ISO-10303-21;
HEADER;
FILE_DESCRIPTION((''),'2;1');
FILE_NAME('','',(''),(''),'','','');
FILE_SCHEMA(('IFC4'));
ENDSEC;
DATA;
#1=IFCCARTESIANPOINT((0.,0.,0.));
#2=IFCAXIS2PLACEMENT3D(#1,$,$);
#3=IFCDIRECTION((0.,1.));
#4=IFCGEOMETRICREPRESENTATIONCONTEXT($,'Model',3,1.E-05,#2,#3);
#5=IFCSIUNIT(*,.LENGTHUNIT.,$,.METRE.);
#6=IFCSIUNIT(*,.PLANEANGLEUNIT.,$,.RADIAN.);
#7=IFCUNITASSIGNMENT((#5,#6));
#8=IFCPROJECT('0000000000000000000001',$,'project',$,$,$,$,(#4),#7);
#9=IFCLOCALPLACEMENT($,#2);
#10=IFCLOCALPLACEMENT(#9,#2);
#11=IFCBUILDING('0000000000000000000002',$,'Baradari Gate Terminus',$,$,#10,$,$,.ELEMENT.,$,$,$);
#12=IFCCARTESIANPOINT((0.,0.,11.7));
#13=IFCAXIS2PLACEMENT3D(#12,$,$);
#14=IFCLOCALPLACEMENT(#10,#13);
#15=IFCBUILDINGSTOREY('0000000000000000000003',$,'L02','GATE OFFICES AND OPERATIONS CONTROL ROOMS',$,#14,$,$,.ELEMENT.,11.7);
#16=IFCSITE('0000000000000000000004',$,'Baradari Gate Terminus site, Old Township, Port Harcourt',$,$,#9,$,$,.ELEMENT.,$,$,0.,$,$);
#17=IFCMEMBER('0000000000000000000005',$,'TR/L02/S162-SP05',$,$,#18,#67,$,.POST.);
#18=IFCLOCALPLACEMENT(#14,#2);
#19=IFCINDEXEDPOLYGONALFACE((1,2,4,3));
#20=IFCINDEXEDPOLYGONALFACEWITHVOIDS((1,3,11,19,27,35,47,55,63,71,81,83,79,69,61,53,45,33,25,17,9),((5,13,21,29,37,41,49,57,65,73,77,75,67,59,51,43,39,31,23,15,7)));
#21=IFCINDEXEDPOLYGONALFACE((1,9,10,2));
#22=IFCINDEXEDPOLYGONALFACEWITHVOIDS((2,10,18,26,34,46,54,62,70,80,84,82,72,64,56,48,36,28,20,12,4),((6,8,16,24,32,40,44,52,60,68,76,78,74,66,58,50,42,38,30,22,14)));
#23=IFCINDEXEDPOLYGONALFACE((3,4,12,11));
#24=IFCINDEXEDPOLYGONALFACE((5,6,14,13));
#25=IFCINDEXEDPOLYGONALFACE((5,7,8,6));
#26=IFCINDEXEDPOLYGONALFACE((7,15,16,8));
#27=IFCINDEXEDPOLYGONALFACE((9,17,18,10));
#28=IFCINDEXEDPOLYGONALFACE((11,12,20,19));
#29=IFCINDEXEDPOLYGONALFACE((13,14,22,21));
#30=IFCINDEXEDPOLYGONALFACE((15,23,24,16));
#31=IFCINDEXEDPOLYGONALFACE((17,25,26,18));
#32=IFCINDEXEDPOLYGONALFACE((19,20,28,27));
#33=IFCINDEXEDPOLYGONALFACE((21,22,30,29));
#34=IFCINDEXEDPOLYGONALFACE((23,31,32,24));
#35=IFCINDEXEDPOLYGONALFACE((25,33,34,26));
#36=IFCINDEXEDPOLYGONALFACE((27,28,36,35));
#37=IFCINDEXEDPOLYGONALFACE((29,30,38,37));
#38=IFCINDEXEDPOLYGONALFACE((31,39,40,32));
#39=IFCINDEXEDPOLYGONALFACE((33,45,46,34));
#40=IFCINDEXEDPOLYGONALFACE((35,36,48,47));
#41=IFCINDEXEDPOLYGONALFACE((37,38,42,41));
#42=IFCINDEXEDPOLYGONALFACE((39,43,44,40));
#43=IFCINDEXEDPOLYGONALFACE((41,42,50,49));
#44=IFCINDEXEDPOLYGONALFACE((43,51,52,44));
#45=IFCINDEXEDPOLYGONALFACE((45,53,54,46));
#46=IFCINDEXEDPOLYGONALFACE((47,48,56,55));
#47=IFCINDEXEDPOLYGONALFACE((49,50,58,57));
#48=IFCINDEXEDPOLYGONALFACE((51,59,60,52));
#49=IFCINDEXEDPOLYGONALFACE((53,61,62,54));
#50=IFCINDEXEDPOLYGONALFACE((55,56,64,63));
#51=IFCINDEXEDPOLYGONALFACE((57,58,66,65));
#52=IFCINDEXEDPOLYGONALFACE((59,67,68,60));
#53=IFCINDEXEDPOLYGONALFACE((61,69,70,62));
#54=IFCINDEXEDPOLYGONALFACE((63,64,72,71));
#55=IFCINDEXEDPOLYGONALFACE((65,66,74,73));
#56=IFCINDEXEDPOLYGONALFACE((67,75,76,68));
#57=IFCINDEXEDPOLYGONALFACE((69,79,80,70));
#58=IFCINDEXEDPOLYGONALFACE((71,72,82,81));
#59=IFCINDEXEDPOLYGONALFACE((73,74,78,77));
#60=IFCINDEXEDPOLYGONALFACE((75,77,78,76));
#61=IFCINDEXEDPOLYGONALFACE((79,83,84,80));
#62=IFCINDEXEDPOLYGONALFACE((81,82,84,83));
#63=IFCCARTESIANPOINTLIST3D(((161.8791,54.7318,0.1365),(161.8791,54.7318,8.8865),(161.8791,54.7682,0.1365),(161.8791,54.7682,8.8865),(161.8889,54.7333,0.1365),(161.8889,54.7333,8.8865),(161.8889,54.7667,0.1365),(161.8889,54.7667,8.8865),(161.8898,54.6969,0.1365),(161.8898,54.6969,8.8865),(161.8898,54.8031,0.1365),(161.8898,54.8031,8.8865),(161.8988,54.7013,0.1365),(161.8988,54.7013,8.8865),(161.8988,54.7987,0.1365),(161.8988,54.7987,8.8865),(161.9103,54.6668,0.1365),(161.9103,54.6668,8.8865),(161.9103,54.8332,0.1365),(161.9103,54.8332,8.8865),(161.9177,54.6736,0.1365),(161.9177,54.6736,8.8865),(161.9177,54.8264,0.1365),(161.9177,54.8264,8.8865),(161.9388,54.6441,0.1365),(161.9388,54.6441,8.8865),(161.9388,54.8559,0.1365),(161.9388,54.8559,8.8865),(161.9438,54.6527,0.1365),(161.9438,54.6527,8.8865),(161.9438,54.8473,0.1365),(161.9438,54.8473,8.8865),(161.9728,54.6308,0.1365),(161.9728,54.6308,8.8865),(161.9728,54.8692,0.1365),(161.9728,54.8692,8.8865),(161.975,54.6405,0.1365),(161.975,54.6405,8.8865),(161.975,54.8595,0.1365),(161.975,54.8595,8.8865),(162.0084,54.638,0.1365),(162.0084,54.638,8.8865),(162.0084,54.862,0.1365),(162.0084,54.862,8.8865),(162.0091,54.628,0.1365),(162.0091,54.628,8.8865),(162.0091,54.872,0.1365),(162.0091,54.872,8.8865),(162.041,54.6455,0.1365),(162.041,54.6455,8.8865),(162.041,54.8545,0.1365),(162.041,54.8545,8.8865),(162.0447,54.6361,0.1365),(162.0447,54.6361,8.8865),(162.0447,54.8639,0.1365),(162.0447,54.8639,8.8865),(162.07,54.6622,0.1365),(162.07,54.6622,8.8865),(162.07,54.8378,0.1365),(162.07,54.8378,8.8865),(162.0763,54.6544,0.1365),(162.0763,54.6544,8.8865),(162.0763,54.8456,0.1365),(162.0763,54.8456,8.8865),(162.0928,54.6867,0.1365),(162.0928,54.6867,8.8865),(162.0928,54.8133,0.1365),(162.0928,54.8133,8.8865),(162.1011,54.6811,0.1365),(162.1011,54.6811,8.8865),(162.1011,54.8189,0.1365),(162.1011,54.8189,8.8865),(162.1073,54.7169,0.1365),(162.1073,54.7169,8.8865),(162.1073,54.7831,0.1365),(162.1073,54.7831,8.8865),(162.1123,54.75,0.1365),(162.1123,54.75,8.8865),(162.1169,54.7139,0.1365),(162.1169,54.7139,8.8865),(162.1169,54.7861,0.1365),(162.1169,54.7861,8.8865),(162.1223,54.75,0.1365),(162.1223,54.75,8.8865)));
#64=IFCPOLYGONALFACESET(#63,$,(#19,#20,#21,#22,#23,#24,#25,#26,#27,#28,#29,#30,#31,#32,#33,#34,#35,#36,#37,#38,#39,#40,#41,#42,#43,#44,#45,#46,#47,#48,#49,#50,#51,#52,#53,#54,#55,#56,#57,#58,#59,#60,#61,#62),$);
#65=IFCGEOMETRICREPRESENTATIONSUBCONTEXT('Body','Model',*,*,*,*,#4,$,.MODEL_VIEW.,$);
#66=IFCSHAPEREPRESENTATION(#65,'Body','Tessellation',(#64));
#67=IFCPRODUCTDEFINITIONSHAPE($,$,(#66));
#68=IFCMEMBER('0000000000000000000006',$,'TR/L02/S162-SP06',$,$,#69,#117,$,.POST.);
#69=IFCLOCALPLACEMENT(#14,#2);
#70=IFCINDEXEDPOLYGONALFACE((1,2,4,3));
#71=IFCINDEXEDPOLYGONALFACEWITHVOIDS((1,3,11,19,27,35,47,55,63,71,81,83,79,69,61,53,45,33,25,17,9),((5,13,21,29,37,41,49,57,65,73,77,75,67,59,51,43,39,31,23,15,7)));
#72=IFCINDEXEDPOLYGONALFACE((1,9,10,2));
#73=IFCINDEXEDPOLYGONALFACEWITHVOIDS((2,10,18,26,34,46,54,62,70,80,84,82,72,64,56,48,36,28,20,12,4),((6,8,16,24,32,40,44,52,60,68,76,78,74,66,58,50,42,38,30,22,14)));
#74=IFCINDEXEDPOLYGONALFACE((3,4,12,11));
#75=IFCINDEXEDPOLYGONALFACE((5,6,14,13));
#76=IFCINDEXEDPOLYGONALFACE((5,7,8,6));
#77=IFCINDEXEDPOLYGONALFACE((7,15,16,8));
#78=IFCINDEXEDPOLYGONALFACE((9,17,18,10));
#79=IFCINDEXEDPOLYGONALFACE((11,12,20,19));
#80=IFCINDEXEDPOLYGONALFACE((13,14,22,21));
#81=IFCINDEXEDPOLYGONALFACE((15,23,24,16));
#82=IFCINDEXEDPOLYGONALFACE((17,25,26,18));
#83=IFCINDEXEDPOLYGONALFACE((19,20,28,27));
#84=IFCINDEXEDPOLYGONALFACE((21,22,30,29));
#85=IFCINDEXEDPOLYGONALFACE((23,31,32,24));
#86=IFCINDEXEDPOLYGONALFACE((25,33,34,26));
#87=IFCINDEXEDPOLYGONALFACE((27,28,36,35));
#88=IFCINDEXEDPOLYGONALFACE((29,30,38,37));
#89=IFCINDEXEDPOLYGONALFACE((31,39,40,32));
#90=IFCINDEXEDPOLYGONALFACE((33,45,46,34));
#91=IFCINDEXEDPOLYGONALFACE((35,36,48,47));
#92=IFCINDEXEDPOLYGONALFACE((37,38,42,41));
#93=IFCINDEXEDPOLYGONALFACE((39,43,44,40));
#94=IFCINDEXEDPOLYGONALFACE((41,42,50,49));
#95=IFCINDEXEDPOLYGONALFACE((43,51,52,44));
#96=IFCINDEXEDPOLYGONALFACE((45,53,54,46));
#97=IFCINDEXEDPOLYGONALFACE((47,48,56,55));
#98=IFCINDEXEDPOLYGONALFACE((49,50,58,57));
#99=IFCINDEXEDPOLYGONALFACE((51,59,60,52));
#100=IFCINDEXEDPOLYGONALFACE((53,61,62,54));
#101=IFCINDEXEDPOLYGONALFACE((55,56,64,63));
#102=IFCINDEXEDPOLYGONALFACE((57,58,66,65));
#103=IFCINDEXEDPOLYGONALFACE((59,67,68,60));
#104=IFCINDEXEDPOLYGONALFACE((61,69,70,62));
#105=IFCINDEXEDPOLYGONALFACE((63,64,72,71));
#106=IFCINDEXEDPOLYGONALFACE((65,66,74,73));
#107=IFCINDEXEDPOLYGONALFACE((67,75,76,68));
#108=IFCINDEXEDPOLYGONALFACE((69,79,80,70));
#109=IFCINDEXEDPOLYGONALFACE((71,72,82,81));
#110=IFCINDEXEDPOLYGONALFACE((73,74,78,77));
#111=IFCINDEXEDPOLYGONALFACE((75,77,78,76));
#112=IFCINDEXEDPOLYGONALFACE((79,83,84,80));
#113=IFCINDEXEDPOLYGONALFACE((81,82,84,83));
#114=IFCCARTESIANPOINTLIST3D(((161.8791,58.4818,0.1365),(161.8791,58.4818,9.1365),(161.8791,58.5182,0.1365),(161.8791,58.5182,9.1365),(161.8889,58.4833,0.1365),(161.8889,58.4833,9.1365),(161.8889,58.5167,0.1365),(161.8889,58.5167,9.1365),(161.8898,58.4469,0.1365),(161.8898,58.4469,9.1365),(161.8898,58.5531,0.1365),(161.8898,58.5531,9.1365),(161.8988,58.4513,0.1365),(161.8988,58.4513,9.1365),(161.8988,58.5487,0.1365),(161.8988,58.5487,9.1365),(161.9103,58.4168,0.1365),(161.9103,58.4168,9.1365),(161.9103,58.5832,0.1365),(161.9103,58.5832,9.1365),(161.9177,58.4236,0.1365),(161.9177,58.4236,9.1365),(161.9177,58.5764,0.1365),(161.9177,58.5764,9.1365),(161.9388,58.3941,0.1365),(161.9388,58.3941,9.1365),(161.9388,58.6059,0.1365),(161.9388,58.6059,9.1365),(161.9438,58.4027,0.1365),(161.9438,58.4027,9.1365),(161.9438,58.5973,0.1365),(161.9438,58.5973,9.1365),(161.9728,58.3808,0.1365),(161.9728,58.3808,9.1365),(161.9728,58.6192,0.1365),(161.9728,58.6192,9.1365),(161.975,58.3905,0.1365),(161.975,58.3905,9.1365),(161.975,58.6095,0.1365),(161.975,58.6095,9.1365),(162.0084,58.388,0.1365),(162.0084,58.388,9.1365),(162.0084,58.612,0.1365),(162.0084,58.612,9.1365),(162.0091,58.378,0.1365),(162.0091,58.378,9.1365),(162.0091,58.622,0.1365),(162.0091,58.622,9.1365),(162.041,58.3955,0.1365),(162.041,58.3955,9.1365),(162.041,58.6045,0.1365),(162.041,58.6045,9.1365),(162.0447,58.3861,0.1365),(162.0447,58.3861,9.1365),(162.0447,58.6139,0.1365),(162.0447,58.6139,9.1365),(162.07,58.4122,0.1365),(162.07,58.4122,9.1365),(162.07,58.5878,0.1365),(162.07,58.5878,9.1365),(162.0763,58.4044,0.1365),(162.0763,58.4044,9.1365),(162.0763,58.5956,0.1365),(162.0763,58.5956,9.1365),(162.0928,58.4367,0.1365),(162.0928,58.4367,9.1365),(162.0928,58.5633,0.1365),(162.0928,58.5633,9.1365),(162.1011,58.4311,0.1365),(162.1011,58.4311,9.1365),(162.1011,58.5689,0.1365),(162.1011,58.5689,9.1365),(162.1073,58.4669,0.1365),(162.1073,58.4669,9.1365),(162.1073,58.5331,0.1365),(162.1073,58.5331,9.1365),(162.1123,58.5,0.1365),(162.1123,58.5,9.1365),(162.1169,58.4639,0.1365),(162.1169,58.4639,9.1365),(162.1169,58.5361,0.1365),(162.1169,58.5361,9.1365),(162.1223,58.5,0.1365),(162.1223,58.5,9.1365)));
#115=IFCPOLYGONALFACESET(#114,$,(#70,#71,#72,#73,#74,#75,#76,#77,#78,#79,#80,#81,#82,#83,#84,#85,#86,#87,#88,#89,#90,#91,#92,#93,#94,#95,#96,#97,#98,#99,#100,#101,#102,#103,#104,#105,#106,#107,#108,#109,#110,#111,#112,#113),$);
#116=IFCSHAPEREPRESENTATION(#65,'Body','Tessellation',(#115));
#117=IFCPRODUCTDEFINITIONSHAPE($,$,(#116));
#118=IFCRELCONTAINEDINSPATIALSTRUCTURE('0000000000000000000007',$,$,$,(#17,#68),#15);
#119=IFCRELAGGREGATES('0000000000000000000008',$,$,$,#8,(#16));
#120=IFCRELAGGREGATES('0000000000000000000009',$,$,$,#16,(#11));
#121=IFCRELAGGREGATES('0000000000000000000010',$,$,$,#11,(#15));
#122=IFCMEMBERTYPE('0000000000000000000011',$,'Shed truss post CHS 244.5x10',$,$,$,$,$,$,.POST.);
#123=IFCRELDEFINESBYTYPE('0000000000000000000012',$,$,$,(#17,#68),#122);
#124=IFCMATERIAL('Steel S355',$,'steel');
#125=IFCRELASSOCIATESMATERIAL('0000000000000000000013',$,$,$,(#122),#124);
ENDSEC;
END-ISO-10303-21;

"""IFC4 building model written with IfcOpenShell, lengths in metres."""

from ifc_helpers import new_model, si_unit, direction, frame, origin, origin_2d, place, context, subcontext, project, spatial, hollow_circle, extrude, material, material_profile, profile_set, type_object, element, save


model = new_model("IFC4")

# Units and contexts
model_context = context("Model", 3, precision=1e-05, world=origin(), true_north=direction((0.0, 1.0)))
body_context = subcontext(model_context, "Body", "Model", "MODEL_VIEW")
ifc_project = project(units=[si_unit("LENGTHUNIT", "METRE"), si_unit("PLANEANGLEUNIT", "RADIAN")], contexts=[model_context])

# Site, building, storey
site_placement = place(None, origin())
site = spatial("IfcSite", under=ifc_project, at=site_placement, Name="Baradari Gate Terminus site, Old Township, Port Harcourt", CompositionType="ELEMENT", RefElevation=0.0)
building_placement = place(site_placement, origin())
building = spatial("IfcBuilding", under=site, at=building_placement, Name="Baradari Gate Terminus", CompositionType="ELEMENT")
storey_placement = place(building_placement, frame((0.0, 0.0, 11.7)))
storey = spatial("IfcBuildingStorey", under=building, at=storey_placement, Name="L02", Description="GATE OFFICES AND OPERATIONS CONTROL ROOMS", CompositionType="ELEMENT", Elevation=11.7)

# Members
ifc_material_1 = material(Name="Steel S355", Category="steel")
ifc_material_profile_1 = material_profile(ifc_material_1, hollow_circle(Radius=0.1223, WallThickness=0.01, at=origin_2d()), Name="CHS 244.5x10")
ifc_profile_set_1 = profile_set([ifc_material_profile_1], Name="Steel S355")
member_type_1 = type_object("IfcMemberType", Name="Shed truss post CHS 244.5x10", PredefinedType="POST", material=ifc_profile_set_1)
member_1_placement = place(storey_placement, frame((162.0, 54.75, 0.1365), z_axis=(0.0, 0.0, 1.0), x_axis=(1.0, 0.0, 0.0)))
element("IfcMember", 1, at=member_1_placement, inside=storey, type_object=member_type_1, Name="TR/L02/S162-SP05", PredefinedType="POST", context=body_context, shape_type="SweptSolid", body=[
    extrude(hollow_circle(Radius=0.1223, WallThickness=0.01, at=origin_2d()), origin(), (0.0, 0.0, 1.0), 8.75),
])
member_2_placement = place(storey_placement, frame((162.0, 58.5, 0.1365), z_axis=(0.0, 0.0, 1.0), x_axis=(1.0, 0.0, 0.0)))
element("IfcMember", 2, at=member_2_placement, inside=storey, type_object=member_type_1, Name="TR/L02/S162-SP06", PredefinedType="POST", context=body_context, shape_type="SweptSolid", body=[
    extrude(hollow_circle(Radius=0.1223, WallThickness=0.01, at=origin_2d()), origin(), (0.0, 0.0, 1.0), 9.0),
])

save(model, "model.ifc")
